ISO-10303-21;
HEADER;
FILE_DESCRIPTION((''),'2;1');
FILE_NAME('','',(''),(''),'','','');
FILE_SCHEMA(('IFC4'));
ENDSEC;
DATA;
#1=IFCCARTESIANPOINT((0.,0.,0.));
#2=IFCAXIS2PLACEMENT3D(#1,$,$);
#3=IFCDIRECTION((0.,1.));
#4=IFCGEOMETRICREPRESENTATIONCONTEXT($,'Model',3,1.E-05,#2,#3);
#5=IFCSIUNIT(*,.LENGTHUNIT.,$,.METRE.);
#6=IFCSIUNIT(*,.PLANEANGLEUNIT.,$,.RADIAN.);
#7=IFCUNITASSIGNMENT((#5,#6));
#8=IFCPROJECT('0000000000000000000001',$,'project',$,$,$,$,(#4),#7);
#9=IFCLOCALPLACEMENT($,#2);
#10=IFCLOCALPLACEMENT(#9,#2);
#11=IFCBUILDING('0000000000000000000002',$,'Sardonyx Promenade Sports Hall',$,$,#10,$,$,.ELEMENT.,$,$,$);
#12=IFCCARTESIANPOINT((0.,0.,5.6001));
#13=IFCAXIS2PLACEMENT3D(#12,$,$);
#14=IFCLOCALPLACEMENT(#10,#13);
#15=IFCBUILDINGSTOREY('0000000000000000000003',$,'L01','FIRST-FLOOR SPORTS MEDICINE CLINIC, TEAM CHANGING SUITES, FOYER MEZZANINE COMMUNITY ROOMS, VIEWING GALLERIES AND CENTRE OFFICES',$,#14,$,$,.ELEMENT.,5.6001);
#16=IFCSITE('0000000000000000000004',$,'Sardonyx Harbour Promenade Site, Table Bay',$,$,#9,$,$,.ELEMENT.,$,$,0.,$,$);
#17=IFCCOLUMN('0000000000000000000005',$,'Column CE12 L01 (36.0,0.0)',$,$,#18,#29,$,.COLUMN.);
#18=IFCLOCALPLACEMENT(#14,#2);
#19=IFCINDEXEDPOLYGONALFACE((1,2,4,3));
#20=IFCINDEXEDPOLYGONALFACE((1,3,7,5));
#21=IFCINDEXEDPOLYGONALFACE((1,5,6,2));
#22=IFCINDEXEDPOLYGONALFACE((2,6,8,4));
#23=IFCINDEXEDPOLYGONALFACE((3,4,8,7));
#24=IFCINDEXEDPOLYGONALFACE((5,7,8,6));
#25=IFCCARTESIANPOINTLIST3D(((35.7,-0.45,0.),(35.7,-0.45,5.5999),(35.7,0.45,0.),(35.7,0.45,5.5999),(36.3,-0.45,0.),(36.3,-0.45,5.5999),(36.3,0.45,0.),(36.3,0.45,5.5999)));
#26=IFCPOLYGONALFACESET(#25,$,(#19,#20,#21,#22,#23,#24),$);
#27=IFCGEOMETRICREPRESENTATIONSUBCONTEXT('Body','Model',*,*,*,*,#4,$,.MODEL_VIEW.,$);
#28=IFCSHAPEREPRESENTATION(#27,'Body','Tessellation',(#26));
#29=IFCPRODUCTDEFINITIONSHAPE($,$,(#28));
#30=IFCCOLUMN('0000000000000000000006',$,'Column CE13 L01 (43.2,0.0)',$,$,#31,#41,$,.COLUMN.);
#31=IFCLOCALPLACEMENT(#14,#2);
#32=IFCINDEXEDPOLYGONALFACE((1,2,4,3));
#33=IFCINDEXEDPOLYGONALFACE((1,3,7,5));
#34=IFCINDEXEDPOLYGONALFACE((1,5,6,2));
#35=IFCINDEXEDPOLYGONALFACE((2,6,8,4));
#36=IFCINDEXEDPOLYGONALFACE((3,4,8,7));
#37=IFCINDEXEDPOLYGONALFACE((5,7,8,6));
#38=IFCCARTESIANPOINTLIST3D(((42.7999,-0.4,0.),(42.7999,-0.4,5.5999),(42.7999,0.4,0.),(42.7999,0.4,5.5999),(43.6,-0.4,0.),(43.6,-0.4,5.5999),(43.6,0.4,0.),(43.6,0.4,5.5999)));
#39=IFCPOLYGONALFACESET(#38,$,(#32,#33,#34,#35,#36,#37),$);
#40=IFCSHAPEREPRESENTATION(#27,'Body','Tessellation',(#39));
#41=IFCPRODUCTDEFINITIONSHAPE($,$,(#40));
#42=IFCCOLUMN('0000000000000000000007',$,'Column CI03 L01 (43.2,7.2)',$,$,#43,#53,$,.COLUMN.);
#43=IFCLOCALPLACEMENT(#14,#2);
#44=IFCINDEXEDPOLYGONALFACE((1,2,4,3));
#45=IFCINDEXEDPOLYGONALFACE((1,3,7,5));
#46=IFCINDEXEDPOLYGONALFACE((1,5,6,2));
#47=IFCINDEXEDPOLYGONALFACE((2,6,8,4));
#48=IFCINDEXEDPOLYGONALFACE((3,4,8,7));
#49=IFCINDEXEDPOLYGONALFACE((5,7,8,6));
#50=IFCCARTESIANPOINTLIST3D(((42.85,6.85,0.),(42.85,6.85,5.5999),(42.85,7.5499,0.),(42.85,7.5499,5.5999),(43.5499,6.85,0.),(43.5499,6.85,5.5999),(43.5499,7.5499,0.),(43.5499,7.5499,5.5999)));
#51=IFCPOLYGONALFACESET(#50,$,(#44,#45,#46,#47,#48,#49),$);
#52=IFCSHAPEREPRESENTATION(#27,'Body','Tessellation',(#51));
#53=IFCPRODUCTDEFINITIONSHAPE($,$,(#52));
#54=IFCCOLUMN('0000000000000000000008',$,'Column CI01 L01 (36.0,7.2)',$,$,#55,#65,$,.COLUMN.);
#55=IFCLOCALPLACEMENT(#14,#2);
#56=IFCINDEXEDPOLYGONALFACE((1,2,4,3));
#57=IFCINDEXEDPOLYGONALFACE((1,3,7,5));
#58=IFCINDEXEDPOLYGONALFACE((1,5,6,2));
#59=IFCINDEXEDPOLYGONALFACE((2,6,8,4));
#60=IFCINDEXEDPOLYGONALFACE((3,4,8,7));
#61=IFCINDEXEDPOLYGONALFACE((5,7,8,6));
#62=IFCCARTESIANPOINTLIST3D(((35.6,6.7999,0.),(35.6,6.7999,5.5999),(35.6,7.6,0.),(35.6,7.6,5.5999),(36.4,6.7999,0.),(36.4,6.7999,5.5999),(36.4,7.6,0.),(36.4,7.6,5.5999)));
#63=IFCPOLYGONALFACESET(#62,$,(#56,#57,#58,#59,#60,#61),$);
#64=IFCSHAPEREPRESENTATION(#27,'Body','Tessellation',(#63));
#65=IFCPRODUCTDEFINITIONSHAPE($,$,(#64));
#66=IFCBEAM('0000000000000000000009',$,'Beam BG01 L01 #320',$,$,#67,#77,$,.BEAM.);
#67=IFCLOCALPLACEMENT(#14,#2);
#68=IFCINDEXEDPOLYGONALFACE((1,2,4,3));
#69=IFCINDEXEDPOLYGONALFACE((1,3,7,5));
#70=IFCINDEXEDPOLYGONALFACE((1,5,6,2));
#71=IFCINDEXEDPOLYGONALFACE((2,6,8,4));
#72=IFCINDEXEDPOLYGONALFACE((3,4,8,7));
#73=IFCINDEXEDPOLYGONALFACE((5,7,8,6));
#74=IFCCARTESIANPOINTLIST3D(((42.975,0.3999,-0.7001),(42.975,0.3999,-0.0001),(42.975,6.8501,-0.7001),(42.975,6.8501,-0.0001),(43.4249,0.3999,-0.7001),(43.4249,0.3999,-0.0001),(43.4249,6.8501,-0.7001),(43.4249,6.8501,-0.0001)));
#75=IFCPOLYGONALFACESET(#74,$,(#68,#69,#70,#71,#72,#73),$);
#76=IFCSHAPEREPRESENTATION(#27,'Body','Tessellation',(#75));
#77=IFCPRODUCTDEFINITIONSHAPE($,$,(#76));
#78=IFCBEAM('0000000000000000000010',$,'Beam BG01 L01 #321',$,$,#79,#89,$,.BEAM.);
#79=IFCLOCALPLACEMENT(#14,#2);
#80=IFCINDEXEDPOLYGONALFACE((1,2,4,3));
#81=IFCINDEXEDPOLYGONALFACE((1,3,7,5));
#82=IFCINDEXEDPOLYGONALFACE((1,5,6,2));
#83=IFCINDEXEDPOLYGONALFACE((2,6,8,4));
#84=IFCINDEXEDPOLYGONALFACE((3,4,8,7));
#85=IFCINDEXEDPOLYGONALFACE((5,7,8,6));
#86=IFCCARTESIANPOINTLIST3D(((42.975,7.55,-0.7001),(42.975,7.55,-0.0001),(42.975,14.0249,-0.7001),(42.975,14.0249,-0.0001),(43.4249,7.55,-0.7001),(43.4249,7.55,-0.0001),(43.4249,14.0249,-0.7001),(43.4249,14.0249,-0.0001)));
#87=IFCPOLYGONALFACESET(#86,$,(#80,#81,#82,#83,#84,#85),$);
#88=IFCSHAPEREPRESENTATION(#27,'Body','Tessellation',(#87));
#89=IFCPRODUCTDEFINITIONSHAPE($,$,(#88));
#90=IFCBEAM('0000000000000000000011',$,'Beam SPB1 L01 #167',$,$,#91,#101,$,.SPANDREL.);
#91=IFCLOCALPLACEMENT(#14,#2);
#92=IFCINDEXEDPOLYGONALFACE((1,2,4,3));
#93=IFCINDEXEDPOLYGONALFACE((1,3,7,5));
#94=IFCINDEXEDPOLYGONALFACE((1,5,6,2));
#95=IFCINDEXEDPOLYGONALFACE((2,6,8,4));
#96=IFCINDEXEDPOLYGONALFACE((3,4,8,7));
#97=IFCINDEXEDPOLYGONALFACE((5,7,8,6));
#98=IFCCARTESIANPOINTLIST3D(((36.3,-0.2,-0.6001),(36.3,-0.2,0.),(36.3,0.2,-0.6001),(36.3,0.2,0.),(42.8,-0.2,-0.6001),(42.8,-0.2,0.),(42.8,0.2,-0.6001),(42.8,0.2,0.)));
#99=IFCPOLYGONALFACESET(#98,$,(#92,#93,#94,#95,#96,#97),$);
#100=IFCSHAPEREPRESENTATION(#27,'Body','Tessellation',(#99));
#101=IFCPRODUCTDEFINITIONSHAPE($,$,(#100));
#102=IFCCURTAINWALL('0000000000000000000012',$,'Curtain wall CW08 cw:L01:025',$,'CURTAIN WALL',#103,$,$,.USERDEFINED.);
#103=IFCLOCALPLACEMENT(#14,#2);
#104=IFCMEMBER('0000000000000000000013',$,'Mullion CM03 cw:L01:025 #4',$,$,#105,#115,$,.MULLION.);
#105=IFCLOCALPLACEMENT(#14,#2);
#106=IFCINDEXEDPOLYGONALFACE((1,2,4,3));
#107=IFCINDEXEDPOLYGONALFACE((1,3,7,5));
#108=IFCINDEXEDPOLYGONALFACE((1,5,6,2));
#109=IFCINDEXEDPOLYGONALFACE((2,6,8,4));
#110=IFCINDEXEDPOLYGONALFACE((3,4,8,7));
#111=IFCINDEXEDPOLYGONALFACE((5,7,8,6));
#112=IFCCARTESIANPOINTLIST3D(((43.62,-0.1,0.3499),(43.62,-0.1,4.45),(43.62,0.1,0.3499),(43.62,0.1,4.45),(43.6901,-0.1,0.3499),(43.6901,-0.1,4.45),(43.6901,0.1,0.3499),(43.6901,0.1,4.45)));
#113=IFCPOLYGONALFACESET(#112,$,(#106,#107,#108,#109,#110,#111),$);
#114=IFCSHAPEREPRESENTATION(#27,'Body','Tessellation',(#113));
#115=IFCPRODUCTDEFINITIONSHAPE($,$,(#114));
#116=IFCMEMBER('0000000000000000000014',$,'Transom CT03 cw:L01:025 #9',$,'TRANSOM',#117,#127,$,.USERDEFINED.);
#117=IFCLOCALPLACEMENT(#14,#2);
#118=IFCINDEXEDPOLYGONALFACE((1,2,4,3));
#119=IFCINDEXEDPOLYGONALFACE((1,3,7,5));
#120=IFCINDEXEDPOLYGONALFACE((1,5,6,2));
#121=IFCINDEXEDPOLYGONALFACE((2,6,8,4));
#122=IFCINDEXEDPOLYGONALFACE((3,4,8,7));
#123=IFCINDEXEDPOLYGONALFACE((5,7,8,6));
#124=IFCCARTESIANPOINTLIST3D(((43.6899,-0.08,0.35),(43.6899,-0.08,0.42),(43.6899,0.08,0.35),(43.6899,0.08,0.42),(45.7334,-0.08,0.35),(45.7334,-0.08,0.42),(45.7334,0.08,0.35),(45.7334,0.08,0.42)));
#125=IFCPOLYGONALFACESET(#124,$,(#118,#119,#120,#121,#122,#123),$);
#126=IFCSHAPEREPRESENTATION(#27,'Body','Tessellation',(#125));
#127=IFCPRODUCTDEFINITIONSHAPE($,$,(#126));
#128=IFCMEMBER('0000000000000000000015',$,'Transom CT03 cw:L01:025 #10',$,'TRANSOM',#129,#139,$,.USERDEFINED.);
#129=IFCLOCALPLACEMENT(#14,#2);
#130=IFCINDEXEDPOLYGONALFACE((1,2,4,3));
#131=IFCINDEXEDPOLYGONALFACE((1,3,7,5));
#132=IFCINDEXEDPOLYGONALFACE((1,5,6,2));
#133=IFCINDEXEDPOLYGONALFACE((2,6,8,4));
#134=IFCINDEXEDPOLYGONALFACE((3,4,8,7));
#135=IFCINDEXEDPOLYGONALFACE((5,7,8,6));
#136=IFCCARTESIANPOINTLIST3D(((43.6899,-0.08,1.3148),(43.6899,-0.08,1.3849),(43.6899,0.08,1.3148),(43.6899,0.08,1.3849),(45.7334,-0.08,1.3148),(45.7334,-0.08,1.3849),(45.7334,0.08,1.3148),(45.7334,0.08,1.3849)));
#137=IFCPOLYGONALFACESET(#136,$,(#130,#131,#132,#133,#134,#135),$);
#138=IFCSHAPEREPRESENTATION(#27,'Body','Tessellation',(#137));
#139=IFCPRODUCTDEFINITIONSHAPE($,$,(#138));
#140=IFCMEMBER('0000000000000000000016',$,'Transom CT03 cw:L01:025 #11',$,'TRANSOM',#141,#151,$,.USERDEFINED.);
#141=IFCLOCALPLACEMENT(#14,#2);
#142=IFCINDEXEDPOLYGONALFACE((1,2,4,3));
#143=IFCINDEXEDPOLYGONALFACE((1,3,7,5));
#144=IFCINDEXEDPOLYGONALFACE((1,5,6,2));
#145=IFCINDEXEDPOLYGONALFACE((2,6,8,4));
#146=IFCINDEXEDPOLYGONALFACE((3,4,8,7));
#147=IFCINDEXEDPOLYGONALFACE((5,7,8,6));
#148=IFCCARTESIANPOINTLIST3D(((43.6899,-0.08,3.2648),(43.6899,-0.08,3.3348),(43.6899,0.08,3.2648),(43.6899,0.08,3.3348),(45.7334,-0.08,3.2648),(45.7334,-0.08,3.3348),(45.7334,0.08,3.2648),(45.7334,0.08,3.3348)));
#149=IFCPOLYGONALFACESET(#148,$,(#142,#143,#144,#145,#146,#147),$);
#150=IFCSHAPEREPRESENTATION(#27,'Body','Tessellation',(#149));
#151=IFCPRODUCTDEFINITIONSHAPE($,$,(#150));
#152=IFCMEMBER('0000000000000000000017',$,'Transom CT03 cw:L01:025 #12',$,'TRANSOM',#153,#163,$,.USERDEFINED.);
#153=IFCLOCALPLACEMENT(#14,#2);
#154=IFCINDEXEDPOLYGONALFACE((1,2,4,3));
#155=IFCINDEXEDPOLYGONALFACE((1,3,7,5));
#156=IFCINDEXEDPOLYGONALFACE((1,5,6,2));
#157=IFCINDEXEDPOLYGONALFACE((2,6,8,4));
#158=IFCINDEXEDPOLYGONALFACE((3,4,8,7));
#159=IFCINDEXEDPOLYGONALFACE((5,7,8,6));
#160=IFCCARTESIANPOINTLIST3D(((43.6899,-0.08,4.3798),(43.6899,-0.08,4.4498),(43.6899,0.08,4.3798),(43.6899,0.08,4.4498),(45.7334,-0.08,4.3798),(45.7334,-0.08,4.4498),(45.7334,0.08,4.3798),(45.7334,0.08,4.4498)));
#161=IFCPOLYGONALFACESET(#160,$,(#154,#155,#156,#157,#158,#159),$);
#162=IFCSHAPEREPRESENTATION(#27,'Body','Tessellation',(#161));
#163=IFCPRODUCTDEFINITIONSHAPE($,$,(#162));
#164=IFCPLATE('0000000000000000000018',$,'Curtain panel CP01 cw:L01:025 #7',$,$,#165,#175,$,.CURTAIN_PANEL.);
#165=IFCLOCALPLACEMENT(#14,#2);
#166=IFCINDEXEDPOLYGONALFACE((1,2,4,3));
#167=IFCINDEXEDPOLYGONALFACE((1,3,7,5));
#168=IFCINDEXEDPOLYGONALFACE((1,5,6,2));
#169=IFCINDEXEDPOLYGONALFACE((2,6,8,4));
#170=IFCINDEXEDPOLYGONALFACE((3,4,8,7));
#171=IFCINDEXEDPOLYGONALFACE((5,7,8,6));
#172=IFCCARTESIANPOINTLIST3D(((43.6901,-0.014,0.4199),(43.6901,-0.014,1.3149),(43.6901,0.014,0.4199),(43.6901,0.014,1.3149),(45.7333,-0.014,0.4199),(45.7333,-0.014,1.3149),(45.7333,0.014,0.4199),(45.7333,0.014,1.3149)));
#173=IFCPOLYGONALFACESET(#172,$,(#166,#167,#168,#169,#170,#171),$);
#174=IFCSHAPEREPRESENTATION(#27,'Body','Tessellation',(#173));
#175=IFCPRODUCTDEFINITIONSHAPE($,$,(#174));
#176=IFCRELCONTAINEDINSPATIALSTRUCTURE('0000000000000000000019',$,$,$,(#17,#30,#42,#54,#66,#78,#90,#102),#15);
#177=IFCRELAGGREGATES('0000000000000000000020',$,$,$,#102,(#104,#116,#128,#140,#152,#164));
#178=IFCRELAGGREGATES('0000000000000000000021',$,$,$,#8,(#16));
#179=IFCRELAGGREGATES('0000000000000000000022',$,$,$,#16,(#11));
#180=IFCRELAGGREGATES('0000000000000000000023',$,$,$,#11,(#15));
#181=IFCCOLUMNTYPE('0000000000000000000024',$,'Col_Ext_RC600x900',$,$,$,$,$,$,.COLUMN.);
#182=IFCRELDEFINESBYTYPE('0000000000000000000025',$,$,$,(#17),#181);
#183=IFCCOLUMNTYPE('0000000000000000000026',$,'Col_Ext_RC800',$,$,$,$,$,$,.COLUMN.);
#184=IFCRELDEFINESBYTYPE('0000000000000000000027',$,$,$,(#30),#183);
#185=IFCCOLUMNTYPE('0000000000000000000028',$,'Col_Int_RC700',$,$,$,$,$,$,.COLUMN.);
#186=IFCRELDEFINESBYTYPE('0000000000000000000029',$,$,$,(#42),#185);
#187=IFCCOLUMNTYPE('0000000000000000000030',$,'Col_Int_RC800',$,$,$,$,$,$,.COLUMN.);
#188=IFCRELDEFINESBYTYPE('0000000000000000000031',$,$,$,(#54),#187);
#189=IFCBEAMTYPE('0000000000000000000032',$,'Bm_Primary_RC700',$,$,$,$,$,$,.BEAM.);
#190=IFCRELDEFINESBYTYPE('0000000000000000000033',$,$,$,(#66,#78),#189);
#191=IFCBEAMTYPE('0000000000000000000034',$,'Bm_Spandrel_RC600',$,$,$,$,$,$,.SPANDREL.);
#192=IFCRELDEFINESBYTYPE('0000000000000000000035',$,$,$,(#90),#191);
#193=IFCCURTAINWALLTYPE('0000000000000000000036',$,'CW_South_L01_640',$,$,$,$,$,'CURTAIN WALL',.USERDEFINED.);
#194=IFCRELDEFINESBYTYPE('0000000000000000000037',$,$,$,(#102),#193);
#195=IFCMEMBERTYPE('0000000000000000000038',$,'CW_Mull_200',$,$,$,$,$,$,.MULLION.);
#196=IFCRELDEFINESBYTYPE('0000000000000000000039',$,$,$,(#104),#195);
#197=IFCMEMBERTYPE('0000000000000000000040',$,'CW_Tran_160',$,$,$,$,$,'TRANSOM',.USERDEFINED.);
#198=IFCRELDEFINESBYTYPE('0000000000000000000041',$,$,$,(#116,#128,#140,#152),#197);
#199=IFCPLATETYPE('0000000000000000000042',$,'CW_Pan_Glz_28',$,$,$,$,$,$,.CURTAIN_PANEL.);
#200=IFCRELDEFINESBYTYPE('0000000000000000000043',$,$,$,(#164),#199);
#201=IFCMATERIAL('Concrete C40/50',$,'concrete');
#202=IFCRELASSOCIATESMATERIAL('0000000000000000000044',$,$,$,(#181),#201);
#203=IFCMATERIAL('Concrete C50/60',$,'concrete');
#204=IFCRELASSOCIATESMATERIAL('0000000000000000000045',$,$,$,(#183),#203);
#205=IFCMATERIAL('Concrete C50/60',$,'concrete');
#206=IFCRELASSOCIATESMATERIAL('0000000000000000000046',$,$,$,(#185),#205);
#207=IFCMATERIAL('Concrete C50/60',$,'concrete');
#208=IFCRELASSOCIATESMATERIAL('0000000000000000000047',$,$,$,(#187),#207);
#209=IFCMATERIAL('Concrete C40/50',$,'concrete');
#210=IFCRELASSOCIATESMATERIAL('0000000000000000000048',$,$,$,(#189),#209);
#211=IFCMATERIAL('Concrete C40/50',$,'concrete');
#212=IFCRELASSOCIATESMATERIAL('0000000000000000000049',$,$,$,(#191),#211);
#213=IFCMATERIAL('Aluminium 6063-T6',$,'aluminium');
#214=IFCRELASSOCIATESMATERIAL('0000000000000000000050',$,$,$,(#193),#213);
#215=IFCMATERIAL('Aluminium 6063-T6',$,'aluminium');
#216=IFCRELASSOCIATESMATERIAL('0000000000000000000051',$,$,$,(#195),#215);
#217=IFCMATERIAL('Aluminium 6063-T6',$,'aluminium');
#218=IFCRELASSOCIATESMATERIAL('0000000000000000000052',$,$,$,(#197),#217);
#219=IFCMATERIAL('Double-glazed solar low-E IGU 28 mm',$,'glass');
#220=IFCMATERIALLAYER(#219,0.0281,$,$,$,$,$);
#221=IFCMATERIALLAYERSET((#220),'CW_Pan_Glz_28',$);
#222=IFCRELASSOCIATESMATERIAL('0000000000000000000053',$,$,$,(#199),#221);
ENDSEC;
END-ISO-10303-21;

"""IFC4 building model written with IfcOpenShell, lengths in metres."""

from ifc_helpers import new_model, si_unit, direction, frame, origin, origin_2d, place, context, subcontext, project, spatial, rectangle, extrude, material, layer, layer_set, material_profile, profile_set, type_object, element, aggregate, save


model = new_model("IFC4")

# Units and contexts
model_context = context("Model", 3, precision=1e-05, world=origin(), true_north=direction((0.0, 1.0)))
body_context = subcontext(model_context, "Body", "Model", "MODEL_VIEW")
ifc_project = project(units=[si_unit("LENGTHUNIT", "METRE"), si_unit("PLANEANGLEUNIT", "RADIAN")], contexts=[model_context])

# Site, building, storey
site_placement = place(None, origin())
site = spatial("IfcSite", under=ifc_project, at=site_placement, Name="Sardonyx Harbour Promenade Site, Table Bay", CompositionType="ELEMENT", RefElevation=0.0)
building_placement = place(site_placement, origin())
building = spatial("IfcBuilding", under=site, at=building_placement, Name="Sardonyx Promenade Sports Hall", CompositionType="ELEMENT")
storey_placement = place(building_placement, frame((0.0, 0.0, 5.6001)))
storey = spatial("IfcBuildingStorey", under=building, at=storey_placement, Name="L01", Description="FIRST-FLOOR SPORTS MEDICINE CLINIC, TEAM CHANGING SUITES, FOYER MEZZANINE COMMUNITY ROOMS, VIEWING GALLERIES AND CENTRE OFFICES", CompositionType="ELEMENT", Elevation=5.6001)

# Columns
ifc_material_1 = material(Name="Concrete C40/50", Category="concrete")
ifc_material_profile_1 = material_profile(ifc_material_1, rectangle(XDim=0.6001, YDim=0.8999, at=origin_2d()))
ifc_profile_set_1 = profile_set([ifc_material_profile_1], Name="Concrete C40/50")
column_type_1 = type_object("IfcColumnType", Name="Col_Ext_RC600x900", PredefinedType="COLUMN", material=ifc_profile_set_1)
column_1_placement = place(storey_placement, frame((36.0, 0.0, 0.0), z_axis=(0.0, 0.0, 1.0), x_axis=(1.0, 0.0, 0.0)))
element("IfcColumn", 1, at=column_1_placement, inside=storey, type_object=column_type_1, Name="Column CE12 L01 (36.0,0.0)", PredefinedType="COLUMN", context=body_context, shape_type="SweptSolid", body=[
    extrude(rectangle(XDim=0.6001, YDim=0.8999, at=origin_2d()), origin(), (0.0, 0.0, 1.0), 5.5999),
])
ifc_material_2 = material(Name="Concrete C50/60", Category="concrete")
ifc_material_profile_2 = material_profile(ifc_material_2, rectangle(XDim=0.8, YDim=0.8, at=origin_2d()))
ifc_profile_set_2 = profile_set([ifc_material_profile_2], Name="Concrete C50/60")
column_type_2 = type_object("IfcColumnType", Name="Col_Ext_RC800", PredefinedType="COLUMN", material=ifc_profile_set_2)
column_2_placement = place(storey_placement, frame((43.2, 0.0, 0.0), z_axis=(0.0, 0.0, 1.0), x_axis=(1.0, 0.0, 0.0)))
element("IfcColumn", 2, at=column_2_placement, inside=storey, type_object=column_type_2, Name="Column CE13 L01 (43.2,0.0)", PredefinedType="COLUMN", context=body_context, shape_type="SweptSolid", body=[
    extrude(rectangle(XDim=0.8, YDim=0.8, at=origin_2d()), origin(), (0.0, 0.0, 1.0), 5.5999),
])
ifc_material_3 = material(Name="Concrete C50/60", Category="concrete")
ifc_material_profile_3 = material_profile(ifc_material_3, rectangle(XDim=0.7, YDim=0.7, at=origin_2d()))
ifc_profile_set_3 = profile_set([ifc_material_profile_3], Name="Concrete C50/60")
column_type_3 = type_object("IfcColumnType", Name="Col_Int_RC700", PredefinedType="COLUMN", material=ifc_profile_set_3)
column_3_placement = place(storey_placement, frame((43.2, 7.2, 0.0), z_axis=(0.0, 0.0, 1.0), x_axis=(1.0, 0.0, 0.0)))
element("IfcColumn", 3, at=column_3_placement, inside=storey, type_object=column_type_3, Name="Column CI03 L01 (43.2,7.2)", PredefinedType="COLUMN", context=body_context, shape_type="SweptSolid", body=[
    extrude(rectangle(XDim=0.7, YDim=0.7, at=origin_2d()), origin(), (0.0, 0.0, 1.0), 5.5999),
])
ifc_material_4 = material(Name="Concrete C50/60", Category="concrete")
ifc_material_profile_4 = material_profile(ifc_material_4, rectangle(XDim=0.8, YDim=0.8, at=origin_2d()))
ifc_profile_set_4 = profile_set([ifc_material_profile_4], Name="Concrete C50/60")
column_type_4 = type_object("IfcColumnType", Name="Col_Int_RC800", PredefinedType="COLUMN", material=ifc_profile_set_4)
column_4_placement = place(storey_placement, frame((36.0, 7.2, 0.0), z_axis=(0.0, 0.0, 1.0), x_axis=(1.0, 0.0, 0.0)))
element("IfcColumn", 4, at=column_4_placement, inside=storey, type_object=column_type_4, Name="Column CI01 L01 (36.0,7.2)", PredefinedType="COLUMN", context=body_context, shape_type="SweptSolid", body=[
    extrude(rectangle(XDim=0.8, YDim=0.8, at=origin_2d()), origin(), (0.0, 0.0, 1.0), 5.5999),
])

# Beams
ifc_material_5 = material(Name="Concrete C40/50", Category="concrete")
ifc_material_profile_5 = material_profile(ifc_material_5, rectangle(XDim=0.45, YDim=0.7, at=origin_2d()))
ifc_profile_set_5 = profile_set([ifc_material_profile_5], Name="Concrete C40/50")
beam_type_1 = type_object("IfcBeamType", Name="Bm_Primary_RC700", PredefinedType="BEAM", material=ifc_profile_set_5)
beam_1_placement = place(storey_placement, frame((43.2, 0.3999, -0.3501), z_axis=(0.0, 1.0, 0.0), x_axis=(-1.0, 0.0, 0.0)))
element("IfcBeam", 5, at=beam_1_placement, inside=storey, type_object=beam_type_1, Name="Beam BG01 L01 #320", PredefinedType="BEAM", context=body_context, shape_type="SweptSolid", body=[
    extrude(rectangle(XDim=0.45, YDim=0.7, at=origin_2d()), origin(), (0.0, 0.0, 1.0), 6.4502),
])
beam_2_placement = place(storey_placement, frame((43.2, 7.55, -0.3501), z_axis=(0.0, 1.0, 0.0), x_axis=(-1.0, 0.0, 0.0)))
element("IfcBeam", 6, at=beam_2_placement, inside=storey, type_object=beam_type_1, Name="Beam BG01 L01 #321", PredefinedType="BEAM", context=body_context, shape_type="SweptSolid", body=[
    extrude(rectangle(XDim=0.45, YDim=0.7, at=origin_2d()), origin(), (0.0, 0.0, 1.0), 6.4749),
])
ifc_material_6 = material(Name="Concrete C40/50", Category="concrete")
ifc_material_profile_6 = material_profile(ifc_material_6, rectangle(XDim=0.3999, YDim=0.6001, at=origin_2d()))
ifc_profile_set_6 = profile_set([ifc_material_profile_6], Name="Concrete C40/50")
beam_type_2 = type_object("IfcBeamType", Name="Bm_Spandrel_RC600", PredefinedType="SPANDREL", material=ifc_profile_set_6)
beam_3_placement = place(storey_placement, frame((36.3, 0.0, -0.3), z_axis=(1.0, 0.0, 0.0), x_axis=(0.0, 1.0, 0.0)))
element("IfcBeam", 7, at=beam_3_placement, inside=storey, type_object=beam_type_2, Name="Beam SPB1 L01 #167", PredefinedType="SPANDREL", context=body_context, shape_type="SweptSolid", body=[
    extrude(rectangle(XDim=0.3999, YDim=0.6001, at=origin_2d()), origin(), (0.0, 0.0, 1.0), 6.5),
])

# Curtain wall, members, plate
ifc_material_7 = material(Name="Aluminium 6063-T6", Category="aluminium")
curtain_wall_type = type_object("IfcCurtainWallType", Name="CW_South_L01_640", ElementType="CURTAIN WALL", PredefinedType="USERDEFINED", material=ifc_material_7)
curtain_wall_placement = place(storey_placement, origin())
curtain_wall = element("IfcCurtainWall", 8, at=curtain_wall_placement, inside=storey, type_object=curtain_wall_type, Name="Curtain wall CW08 cw:L01:025", ObjectType="CURTAIN WALL", PredefinedType="USERDEFINED")
ifc_material_8 = material(Name="Aluminium 6063-T6", Category="aluminium")
ifc_material_profile_7 = material_profile(ifc_material_8, rectangle(XDim=0.0701, YDim=0.2, at=origin_2d()))
ifc_profile_set_7 = profile_set([ifc_material_profile_7], Name="Aluminium 6063-T6")
member_type_1 = type_object("IfcMemberType", Name="CW_Mull_200", PredefinedType="MULLION", material=ifc_profile_set_7)
member_1_placement = place(storey_placement, frame((43.655, 0.0, 0.3499), z_axis=(0.0, 0.0, 1.0), x_axis=(-1.0, 0.0, 0.0)))
member_1 = element("IfcMember", 9, at=member_1_placement, type_object=member_type_1, Name="Mullion CM03 cw:L01:025 #4", PredefinedType="MULLION", context=body_context, shape_type="SweptSolid", body=[
    extrude(rectangle(XDim=0.0701, YDim=0.2, at=origin_2d()), origin(), (0.0, 0.0, 1.0), 4.1001),
])
ifc_material_9 = material(Name="Aluminium 6063-T6", Category="aluminium")
ifc_material_profile_8 = material_profile(ifc_material_9, rectangle(XDim=0.0701, YDim=0.1599, at=origin_2d()))
ifc_profile_set_8 = profile_set([ifc_material_profile_8], Name="Aluminium 6063-T6")
member_type_2 = type_object("IfcMemberType", Name="CW_Tran_160", ElementType="TRANSOM", PredefinedType="USERDEFINED", material=ifc_profile_set_8)
member_2_placement = place(storey_placement, frame((45.7334, 0.0, 0.385), z_axis=(-1.0, 0.0, 0.0), x_axis=(0.0, 0.0, 1.0)))
member_2 = element("IfcMember", 10, at=member_2_placement, type_object=member_type_2, Name="Transom CT03 cw:L01:025 #9", ObjectType="TRANSOM", PredefinedType="USERDEFINED", context=body_context, shape_type="SweptSolid", body=[
    extrude(rectangle(XDim=0.0701, YDim=0.1599, at=origin_2d()), origin(), (0.0, 0.0, 1.0), 2.0435),
])
member_3_placement = place(storey_placement, frame((45.7334, 0.0, 1.3499), z_axis=(-1.0, 0.0, 0.0), x_axis=(0.0, 0.0, 1.0)))
member_3 = element("IfcMember", 11, at=member_3_placement, type_object=member_type_2, Name="Transom CT03 cw:L01:025 #10", ObjectType="TRANSOM", PredefinedType="USERDEFINED", context=body_context, shape_type="SweptSolid", body=[
    extrude(rectangle(XDim=0.0701, YDim=0.1599, at=origin_2d()), origin(), (0.0, 0.0, 1.0), 2.0435),
])
member_4_placement = place(storey_placement, frame((45.7334, 0.0, 3.2998), z_axis=(-1.0, 0.0, 0.0), x_axis=(0.0, 0.0, 1.0)))
member_4 = element("IfcMember", 12, at=member_4_placement, type_object=member_type_2, Name="Transom CT03 cw:L01:025 #11", ObjectType="TRANSOM", PredefinedType="USERDEFINED", context=body_context, shape_type="SweptSolid", body=[
    extrude(rectangle(XDim=0.0701, YDim=0.1599, at=origin_2d()), origin(), (0.0, 0.0, 1.0), 2.0435),
])
member_5_placement = place(storey_placement, frame((45.7334, 0.0, 4.4148), z_axis=(-1.0, 0.0, 0.0), x_axis=(0.0, 0.0, 1.0)))
member_5 = element("IfcMember", 13, at=member_5_placement, type_object=member_type_2, Name="Transom CT03 cw:L01:025 #12", ObjectType="TRANSOM", PredefinedType="USERDEFINED", context=body_context, shape_type="SweptSolid", body=[
    extrude(rectangle(XDim=0.0701, YDim=0.1599, at=origin_2d()), origin(), (0.0, 0.0, 1.0), 2.0435),
])
ifc_material_10 = material(Name="Double-glazed solar low-E IGU 28 mm", Category="glass")
ifc_layer_1 = layer(ifc_material_10, 0.0281)
ifc_layer_set_1 = layer_set([ifc_layer_1], Name="CW_Pan_Glz_28")
plate_type = type_object("IfcPlateType", Name="CW_Pan_Glz_28", PredefinedType="CURTAIN_PANEL", material=ifc_layer_set_1)
plate_1_placement = place(storey_placement, frame((44.7117, 0.0, 0.4199), z_axis=(0.0, 0.0, 1.0), x_axis=(-1.0, 0.0, 0.0)))
plate_1 = element("IfcPlate", 14, at=plate_1_placement, type_object=plate_type, Name="Curtain panel CP01 cw:L01:025 #7", PredefinedType="CURTAIN_PANEL", context=body_context, shape_type="SweptSolid", body=[
    extrude(rectangle(XDim=2.0432, YDim=0.0281, at=origin_2d()), origin(), (0.0, 0.0, 1.0), 0.895),
])
aggregate(curtain_wall, [member_1, member_2, member_3, member_4, member_5, plate_1])

save(model, "model.ifc")
